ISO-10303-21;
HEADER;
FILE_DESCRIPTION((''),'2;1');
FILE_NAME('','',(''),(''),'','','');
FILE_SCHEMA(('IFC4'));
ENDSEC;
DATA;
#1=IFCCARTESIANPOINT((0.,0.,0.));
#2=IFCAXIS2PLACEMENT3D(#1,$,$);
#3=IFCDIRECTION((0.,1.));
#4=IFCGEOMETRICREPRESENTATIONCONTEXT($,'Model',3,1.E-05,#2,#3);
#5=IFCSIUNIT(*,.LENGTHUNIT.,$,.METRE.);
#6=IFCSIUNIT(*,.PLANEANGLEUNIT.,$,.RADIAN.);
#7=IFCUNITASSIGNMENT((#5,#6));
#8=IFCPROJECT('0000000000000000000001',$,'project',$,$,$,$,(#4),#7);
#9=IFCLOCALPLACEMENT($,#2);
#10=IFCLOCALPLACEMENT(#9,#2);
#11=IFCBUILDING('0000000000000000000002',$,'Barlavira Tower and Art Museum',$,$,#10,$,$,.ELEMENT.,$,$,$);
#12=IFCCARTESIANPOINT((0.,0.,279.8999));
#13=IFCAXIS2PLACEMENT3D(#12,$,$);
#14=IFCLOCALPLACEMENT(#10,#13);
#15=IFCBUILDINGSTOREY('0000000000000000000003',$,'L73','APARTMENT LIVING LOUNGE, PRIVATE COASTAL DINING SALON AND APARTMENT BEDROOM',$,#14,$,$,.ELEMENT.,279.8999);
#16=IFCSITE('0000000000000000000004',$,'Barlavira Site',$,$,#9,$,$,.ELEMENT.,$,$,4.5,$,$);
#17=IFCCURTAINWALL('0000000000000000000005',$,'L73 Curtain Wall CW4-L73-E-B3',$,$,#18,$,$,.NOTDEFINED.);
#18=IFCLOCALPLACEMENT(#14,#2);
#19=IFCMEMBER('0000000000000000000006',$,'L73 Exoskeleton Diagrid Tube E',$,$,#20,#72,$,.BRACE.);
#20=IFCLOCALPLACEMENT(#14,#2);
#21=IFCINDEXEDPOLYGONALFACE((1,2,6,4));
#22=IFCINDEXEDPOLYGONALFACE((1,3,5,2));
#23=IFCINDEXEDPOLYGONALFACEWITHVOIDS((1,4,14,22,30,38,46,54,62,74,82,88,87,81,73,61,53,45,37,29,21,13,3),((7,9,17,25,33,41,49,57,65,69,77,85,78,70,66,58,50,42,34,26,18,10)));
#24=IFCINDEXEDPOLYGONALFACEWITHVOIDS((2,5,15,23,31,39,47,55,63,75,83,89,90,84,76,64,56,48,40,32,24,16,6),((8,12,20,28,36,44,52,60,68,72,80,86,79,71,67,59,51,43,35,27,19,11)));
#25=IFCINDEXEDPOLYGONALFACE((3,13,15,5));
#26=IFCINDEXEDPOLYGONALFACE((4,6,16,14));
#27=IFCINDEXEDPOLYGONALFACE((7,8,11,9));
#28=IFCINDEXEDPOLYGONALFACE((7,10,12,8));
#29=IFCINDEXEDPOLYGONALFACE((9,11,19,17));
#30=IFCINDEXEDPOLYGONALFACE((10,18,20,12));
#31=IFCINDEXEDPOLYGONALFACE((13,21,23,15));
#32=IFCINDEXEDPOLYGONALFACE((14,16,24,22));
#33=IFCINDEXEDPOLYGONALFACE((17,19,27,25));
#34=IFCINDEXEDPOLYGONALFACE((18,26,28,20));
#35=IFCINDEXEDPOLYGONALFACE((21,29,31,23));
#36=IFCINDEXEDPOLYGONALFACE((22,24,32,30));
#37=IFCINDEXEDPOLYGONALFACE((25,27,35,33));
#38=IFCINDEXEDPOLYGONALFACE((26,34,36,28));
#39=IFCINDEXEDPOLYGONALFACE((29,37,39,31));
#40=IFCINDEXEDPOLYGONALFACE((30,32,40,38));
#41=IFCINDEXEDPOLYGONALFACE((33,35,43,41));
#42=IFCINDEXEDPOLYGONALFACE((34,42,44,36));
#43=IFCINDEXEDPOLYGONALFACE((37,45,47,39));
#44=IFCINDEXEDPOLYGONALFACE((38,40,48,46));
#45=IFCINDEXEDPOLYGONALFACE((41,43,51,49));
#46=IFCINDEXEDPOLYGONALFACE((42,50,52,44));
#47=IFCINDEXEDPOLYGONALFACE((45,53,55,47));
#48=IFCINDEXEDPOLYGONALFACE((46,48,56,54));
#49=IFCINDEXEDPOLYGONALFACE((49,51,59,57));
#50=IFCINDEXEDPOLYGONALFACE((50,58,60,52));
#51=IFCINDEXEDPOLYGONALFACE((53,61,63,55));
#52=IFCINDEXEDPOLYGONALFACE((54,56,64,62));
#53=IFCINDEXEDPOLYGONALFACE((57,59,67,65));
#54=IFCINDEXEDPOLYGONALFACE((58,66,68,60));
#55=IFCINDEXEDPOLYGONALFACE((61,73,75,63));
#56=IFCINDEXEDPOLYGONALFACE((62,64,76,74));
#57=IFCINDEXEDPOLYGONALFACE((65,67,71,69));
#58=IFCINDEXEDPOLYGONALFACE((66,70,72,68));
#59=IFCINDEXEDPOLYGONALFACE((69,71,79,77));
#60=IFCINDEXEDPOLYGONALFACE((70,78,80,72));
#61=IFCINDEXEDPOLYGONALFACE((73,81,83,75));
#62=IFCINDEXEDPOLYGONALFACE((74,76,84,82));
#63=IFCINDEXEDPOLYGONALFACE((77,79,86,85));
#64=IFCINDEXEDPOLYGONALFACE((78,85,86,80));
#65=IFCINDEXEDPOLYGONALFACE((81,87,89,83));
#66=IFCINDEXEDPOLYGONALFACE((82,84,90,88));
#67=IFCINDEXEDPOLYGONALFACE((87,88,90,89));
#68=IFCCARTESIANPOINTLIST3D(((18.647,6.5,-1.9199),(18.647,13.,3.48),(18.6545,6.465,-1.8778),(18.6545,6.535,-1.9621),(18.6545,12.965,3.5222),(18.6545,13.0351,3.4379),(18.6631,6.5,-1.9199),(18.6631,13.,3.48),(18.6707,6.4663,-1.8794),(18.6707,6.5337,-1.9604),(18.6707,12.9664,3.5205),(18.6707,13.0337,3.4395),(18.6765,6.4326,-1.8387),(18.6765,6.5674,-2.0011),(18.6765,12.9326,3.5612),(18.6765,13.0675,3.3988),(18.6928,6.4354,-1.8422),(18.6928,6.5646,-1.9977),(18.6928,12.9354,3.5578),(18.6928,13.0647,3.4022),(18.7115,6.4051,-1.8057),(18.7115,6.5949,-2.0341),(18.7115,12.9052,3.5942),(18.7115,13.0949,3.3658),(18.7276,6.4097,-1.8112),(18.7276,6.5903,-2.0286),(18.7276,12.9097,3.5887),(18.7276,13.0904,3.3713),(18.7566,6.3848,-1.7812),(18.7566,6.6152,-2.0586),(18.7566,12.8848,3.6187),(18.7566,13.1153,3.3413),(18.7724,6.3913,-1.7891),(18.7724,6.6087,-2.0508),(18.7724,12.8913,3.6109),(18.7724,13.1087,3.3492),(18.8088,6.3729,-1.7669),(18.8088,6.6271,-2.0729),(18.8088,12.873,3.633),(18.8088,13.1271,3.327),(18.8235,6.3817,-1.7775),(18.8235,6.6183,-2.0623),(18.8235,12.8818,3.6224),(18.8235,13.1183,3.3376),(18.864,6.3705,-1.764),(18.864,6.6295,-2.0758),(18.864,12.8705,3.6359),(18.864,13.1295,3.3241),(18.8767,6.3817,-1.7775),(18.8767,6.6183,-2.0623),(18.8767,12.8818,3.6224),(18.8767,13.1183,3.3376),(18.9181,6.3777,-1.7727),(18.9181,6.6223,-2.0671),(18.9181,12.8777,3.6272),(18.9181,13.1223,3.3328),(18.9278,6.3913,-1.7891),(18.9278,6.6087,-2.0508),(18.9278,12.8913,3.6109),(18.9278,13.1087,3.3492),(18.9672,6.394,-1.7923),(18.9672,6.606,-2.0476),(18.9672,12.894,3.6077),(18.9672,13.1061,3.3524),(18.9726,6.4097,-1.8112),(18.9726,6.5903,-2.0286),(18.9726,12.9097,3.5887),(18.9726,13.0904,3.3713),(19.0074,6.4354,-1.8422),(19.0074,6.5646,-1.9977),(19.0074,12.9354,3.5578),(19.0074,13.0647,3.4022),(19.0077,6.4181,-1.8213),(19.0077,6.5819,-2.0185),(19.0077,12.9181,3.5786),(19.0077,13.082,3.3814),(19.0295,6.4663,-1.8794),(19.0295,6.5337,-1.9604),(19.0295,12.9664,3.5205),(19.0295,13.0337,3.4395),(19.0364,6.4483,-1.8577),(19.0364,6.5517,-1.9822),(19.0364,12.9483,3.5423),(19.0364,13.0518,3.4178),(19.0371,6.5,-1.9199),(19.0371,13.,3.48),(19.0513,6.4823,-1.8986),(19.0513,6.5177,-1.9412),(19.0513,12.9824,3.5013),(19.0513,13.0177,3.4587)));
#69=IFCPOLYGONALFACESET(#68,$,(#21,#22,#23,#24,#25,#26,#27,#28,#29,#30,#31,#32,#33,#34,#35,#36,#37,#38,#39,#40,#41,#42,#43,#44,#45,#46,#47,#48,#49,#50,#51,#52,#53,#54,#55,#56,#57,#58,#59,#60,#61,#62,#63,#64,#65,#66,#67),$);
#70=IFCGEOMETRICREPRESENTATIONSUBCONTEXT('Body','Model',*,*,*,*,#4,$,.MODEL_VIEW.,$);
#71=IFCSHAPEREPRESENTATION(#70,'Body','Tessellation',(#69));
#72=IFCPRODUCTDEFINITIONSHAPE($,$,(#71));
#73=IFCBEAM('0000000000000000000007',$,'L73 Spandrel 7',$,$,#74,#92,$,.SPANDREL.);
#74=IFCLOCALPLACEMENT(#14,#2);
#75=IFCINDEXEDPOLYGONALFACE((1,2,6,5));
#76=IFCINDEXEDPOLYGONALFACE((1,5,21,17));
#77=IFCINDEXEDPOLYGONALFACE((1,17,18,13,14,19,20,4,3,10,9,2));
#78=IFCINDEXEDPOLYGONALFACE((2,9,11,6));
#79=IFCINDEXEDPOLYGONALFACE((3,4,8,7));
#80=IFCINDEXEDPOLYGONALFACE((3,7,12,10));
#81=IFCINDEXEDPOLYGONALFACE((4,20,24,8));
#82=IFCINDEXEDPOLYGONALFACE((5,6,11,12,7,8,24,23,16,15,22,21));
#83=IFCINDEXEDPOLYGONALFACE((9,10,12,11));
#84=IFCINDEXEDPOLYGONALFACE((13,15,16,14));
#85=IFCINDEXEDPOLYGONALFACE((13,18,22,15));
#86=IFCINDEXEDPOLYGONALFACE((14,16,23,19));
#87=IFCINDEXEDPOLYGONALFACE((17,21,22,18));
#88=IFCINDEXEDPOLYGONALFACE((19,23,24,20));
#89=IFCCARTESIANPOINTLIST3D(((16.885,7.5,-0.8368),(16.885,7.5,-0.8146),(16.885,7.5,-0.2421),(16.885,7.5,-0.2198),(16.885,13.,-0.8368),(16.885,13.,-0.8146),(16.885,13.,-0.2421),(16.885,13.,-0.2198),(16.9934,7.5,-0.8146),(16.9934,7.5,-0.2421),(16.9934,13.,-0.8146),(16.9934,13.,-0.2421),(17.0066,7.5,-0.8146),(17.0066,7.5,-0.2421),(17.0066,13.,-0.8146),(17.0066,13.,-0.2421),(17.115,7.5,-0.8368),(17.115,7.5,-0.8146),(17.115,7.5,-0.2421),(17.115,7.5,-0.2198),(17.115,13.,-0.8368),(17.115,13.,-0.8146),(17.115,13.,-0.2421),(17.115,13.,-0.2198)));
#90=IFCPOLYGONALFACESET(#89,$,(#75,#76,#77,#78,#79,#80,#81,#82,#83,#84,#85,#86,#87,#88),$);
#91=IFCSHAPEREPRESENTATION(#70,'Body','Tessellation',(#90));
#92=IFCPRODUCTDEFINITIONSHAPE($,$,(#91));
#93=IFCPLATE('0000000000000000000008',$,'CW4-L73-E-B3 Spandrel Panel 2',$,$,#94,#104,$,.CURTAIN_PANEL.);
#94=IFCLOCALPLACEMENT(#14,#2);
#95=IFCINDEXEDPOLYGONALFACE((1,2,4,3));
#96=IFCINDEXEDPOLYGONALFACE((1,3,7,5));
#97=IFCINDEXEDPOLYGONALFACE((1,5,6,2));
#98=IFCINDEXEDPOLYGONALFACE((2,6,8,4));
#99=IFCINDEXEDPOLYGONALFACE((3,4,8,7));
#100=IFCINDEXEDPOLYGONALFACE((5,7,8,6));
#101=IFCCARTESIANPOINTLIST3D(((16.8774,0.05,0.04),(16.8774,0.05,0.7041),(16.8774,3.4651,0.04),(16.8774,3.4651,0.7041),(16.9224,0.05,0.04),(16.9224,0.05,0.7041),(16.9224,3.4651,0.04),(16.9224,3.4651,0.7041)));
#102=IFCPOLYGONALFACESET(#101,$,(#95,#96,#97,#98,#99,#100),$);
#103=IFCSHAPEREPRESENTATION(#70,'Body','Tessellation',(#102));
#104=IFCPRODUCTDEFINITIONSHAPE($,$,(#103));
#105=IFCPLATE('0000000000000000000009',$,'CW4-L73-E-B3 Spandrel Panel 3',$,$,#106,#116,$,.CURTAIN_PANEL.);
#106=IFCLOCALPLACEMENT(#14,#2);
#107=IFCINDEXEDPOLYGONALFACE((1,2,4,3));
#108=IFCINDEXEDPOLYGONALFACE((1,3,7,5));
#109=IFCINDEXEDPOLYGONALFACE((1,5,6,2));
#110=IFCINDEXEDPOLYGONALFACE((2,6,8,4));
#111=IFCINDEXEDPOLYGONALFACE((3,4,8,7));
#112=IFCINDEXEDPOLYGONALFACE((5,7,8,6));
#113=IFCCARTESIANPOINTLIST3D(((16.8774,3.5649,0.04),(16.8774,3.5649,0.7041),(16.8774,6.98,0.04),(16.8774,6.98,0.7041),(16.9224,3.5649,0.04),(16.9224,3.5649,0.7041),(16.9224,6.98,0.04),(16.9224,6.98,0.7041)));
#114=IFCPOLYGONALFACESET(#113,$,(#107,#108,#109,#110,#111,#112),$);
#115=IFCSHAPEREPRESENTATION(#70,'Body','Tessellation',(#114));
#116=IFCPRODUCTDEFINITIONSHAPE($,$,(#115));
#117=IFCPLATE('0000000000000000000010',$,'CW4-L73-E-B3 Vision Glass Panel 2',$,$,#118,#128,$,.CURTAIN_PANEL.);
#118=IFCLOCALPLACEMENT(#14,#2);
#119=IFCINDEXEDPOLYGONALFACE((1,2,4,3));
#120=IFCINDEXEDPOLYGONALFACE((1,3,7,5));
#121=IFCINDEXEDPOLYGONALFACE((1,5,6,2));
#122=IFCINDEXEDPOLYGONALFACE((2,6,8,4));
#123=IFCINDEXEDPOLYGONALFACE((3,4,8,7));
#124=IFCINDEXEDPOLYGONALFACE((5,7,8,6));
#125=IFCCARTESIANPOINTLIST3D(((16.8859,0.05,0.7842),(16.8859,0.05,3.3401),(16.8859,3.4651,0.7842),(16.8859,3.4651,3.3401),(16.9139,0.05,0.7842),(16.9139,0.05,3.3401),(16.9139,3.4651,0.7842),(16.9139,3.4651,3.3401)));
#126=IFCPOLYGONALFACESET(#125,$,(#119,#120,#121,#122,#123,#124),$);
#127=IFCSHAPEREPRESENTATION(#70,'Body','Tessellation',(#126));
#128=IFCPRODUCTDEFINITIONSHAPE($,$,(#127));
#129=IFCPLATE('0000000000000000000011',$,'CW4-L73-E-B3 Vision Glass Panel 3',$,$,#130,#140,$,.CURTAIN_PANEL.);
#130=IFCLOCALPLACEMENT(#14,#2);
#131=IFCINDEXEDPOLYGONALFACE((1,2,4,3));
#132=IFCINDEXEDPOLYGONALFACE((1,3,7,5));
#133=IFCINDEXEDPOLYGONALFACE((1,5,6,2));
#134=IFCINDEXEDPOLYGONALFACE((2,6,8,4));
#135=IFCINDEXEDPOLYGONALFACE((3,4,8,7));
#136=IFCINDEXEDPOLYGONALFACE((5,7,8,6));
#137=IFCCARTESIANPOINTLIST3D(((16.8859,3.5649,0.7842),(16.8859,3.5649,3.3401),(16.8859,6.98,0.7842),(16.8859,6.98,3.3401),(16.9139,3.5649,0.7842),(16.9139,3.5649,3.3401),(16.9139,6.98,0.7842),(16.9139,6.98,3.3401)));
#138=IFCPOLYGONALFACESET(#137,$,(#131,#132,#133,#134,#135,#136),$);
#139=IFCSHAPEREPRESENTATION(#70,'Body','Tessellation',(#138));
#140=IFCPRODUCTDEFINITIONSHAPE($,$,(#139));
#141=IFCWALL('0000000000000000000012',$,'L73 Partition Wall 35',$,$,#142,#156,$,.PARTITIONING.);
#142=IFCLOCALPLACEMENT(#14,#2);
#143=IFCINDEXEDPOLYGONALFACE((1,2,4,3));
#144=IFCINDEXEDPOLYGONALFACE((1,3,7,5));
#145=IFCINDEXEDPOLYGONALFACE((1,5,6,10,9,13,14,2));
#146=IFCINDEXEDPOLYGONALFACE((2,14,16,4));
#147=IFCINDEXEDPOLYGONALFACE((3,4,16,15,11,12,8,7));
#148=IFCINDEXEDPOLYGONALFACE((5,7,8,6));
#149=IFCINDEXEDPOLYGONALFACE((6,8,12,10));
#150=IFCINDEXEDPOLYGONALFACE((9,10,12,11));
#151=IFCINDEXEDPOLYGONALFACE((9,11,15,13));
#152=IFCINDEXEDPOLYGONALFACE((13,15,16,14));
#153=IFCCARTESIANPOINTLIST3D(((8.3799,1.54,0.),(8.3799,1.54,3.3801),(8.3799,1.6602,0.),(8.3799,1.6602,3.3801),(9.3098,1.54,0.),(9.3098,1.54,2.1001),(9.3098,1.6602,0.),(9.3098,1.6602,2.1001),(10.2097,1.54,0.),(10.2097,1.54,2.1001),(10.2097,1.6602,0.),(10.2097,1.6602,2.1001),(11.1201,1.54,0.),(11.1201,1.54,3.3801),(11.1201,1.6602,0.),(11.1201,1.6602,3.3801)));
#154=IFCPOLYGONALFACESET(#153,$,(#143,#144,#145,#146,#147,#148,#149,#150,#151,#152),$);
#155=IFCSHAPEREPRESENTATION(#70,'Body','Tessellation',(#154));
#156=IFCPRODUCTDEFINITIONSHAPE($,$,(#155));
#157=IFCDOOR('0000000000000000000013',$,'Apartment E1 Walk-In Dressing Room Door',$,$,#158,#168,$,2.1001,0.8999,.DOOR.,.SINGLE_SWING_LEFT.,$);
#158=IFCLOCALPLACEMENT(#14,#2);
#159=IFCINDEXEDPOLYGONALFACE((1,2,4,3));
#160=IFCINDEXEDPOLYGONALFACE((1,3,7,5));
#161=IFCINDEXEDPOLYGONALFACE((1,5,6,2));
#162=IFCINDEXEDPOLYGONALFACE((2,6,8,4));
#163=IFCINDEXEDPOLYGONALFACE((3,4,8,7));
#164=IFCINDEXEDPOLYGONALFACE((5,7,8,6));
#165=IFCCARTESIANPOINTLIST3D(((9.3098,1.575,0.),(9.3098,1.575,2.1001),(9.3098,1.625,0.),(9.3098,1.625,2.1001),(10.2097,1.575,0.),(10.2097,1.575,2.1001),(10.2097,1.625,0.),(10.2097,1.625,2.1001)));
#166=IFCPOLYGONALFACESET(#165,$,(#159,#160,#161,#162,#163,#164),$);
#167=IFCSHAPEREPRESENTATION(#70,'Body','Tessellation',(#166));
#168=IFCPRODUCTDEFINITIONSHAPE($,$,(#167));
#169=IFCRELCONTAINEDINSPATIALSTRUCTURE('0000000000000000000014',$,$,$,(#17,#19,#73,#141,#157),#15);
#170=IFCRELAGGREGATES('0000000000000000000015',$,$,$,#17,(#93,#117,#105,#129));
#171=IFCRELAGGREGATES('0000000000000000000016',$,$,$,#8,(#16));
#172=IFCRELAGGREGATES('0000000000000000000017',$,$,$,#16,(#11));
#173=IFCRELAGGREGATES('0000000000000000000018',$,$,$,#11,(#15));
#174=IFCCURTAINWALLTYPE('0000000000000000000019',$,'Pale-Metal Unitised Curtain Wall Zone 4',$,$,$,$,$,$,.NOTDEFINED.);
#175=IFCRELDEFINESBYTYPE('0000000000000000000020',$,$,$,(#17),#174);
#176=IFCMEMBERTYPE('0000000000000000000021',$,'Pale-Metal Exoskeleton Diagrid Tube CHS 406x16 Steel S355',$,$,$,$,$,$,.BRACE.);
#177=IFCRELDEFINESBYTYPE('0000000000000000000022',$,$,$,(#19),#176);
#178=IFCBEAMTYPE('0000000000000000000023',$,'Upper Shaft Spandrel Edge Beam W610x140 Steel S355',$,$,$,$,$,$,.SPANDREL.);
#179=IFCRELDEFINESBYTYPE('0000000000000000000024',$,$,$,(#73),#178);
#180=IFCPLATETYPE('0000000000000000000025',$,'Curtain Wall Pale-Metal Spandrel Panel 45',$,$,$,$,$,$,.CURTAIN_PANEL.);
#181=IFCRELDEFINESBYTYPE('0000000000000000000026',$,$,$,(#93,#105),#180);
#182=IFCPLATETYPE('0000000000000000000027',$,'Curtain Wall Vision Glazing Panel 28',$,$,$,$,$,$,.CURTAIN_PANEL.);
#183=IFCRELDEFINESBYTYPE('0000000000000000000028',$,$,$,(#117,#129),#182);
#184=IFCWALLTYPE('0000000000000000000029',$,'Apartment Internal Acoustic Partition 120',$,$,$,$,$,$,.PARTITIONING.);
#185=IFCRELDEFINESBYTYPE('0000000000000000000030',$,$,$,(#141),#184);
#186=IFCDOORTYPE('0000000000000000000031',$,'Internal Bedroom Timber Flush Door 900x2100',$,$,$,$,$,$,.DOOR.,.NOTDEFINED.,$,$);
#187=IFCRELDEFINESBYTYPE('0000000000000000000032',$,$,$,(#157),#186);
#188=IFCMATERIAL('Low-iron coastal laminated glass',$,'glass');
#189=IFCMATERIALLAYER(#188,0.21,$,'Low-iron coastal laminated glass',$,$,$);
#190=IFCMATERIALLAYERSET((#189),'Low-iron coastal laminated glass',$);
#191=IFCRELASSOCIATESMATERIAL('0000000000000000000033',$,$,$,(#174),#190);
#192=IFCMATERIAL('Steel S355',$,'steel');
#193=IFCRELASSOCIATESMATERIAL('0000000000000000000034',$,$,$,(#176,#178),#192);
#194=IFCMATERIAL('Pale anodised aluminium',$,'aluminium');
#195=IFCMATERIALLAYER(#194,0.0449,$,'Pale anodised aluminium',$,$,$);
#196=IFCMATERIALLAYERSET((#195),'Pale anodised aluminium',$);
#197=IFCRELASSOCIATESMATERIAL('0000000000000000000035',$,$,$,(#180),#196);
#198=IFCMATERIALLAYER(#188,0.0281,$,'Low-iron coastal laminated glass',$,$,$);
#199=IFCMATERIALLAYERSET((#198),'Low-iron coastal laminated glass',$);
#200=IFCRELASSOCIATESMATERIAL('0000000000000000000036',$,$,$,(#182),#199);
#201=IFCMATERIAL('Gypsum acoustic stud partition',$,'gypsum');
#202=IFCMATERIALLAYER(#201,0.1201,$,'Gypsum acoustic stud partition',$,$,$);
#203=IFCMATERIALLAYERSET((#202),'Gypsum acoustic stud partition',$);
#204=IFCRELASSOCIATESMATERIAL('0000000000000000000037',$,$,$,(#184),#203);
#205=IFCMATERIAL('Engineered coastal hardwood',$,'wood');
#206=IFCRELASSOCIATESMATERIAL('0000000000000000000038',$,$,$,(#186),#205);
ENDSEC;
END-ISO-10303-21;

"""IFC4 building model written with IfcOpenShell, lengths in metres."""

from ifc_helpers import new_model, si_unit, direction, frame, frame_2d, origin, origin_2d, place, context, subcontext, project, spatial, rectangle, hollow_circle, i_section, extrude, material, layer, layer_set, material_profile, profile_set, type_object, element, fill, aggregate, save


model = new_model("IFC4")

# Units and contexts
model_context = context("Model", 3, precision=1e-05, world=origin(), true_north=direction((0.0, 1.0)))
body_context = subcontext(model_context, "Body", "Model", "MODEL_VIEW")
ifc_project = project(units=[si_unit("LENGTHUNIT", "METRE"), si_unit("PLANEANGLEUNIT", "RADIAN")], contexts=[model_context])

# Site, building, storey
site_placement = place(None, origin())
site = spatial("IfcSite", under=ifc_project, at=site_placement, Name="Barlavira Site", CompositionType="ELEMENT", RefElevation=4.5)
building_placement = place(site_placement, origin())
building = spatial("IfcBuilding", under=site, at=building_placement, Name="Barlavira Tower and Art Museum", CompositionType="ELEMENT")
storey_placement = place(building_placement, frame((0.0, 0.0, 279.8999)))
storey = spatial("IfcBuildingStorey", under=building, at=storey_placement, Name="L73", Description="APARTMENT LIVING LOUNGE, PRIVATE COASTAL DINING SALON AND APARTMENT BEDROOM", CompositionType="ELEMENT", Elevation=279.8999)

# Curtain wall
ifc_material_1 = material(Name="Low-iron coastal laminated glass", Category="glass")
ifc_layer_1 = layer(ifc_material_1, 0.21, Name="Low-iron coastal laminated glass")
ifc_layer_set_1 = layer_set([ifc_layer_1], Name="Low-iron coastal laminated glass")
curtain_wall_type = type_object("IfcCurtainWallType", Name="Pale-Metal Unitised Curtain Wall Zone 4", PredefinedType="NOTDEFINED", material=ifc_layer_set_1)
curtain_wall_placement = place(storey_placement, origin())
curtain_wall = element("IfcCurtainWall", 1, at=curtain_wall_placement, inside=storey, type_object=curtain_wall_type, Name="L73 Curtain Wall CW4-L73-E-B3", PredefinedType="NOTDEFINED")
ifc_material_2 = material(Name="Pale anodised aluminium", Category="aluminium")

# Member
ifc_material_3 = material(Name="Steel S355", Category="steel")
ifc_material_profile_1 = material_profile(ifc_material_3, hollow_circle(Radius=0.2031, WallThickness=0.0161, at=origin_2d()), Name="CHS 406.4x16.0")
ifc_profile_set_1 = profile_set([ifc_material_profile_1], Name="Steel S355")
member_type_1 = type_object("IfcMemberType", Name="Pale-Metal Exoskeleton Diagrid Tube CHS 406x16 Steel S355", PredefinedType="BRACE", material=ifc_profile_set_1)
for number, where, z_axis, x_axis, name in (
    (2, (18.8501, 6.5, -1.9199), (0.0, 0.769196, 0.639013), (-1.0, 0.0, 0.0), "L73 Exoskeleton Diagrid Tube E"),
):
    element("IfcMember", number, at=place(storey_placement, frame(where, z_axis=z_axis, x_axis=x_axis)), inside=storey, type_object=member_type_1, Name=name, PredefinedType="BRACE", context=body_context, shape_type="SweptSolid", body=[
        extrude(hollow_circle(Radius=0.2031, WallThickness=0.0161, at=origin_2d()), origin(), (0.0, 0.0, 1.0), 8.4504),
    ])

# Beam
ifc_material_profile_2 = material_profile(ifc_material_3, i_section(OverallWidth=0.23, OverallDepth=0.6169, WebThickness=0.0132, FlangeThickness=0.0222, at=origin_2d()), Name="W610x140.0")
ifc_profile_set_2 = profile_set([ifc_material_profile_2], Name="Steel S355")
beam_type = type_object("IfcBeamType", Name="Upper Shaft Spandrel Edge Beam W610x140 Steel S355", PredefinedType="SPANDREL", material=ifc_profile_set_2)
beam_placement = place(storey_placement, frame((17.0, 7.5, -0.5283), z_axis=(0.0, 1.0, 0.0), x_axis=(-1.0, 0.0, 0.0)))
element("IfcBeam", 3, at=beam_placement, inside=storey, type_object=beam_type, Name="L73 Spandrel 7", PredefinedType="SPANDREL", context=body_context, shape_type="SweptSolid", body=[
    extrude(i_section(OverallWidth=0.23, OverallDepth=0.6169, WebThickness=0.0132, FlangeThickness=0.0222, at=origin_2d()), origin(), (0.0, 0.0, 1.0), 5.5),
])

# Plates
ifc_layer_2 = layer(ifc_material_2, 0.0449, Name="Pale anodised aluminium")
ifc_layer_set_2 = layer_set([ifc_layer_2], Name="Pale anodised aluminium")
plate_type_1 = type_object("IfcPlateType", Name="Curtain Wall Pale-Metal Spandrel Panel 45", PredefinedType="CURTAIN_PANEL", material=ifc_layer_set_2)
plate_1_placement = place(storey_placement, frame((16.8999, 1.7576, 0.04), z_axis=(0.0, 0.0, 1.0), x_axis=(0.0, 1.0, 0.0)))
plate_1 = element("IfcPlate", 4, at=plate_1_placement, type_object=plate_type_1, Name="CW4-L73-E-B3 Spandrel Panel 2", PredefinedType="CURTAIN_PANEL", context=body_context, shape_type="SweptSolid", body=[
    extrude(rectangle(XDim=3.415, YDim=0.0449, at=origin_2d()), origin(), (0.0, 0.0, 1.0), 0.6641),
])
plate_2_placement = place(storey_placement, frame((16.8999, 5.2725, 0.04), z_axis=(0.0, 0.0, 1.0), x_axis=(0.0, 1.0, 0.0)))
plate_2 = element("IfcPlate", 5, at=plate_2_placement, type_object=plate_type_1, Name="CW4-L73-E-B3 Spandrel Panel 3", PredefinedType="CURTAIN_PANEL", context=body_context, shape_type="SweptSolid", body=[
    extrude(rectangle(XDim=3.415, YDim=0.0449, at=origin_2d()), origin(), (0.0, 0.0, 1.0), 0.6641),
])
ifc_layer_3 = layer(ifc_material_1, 0.0281, Name="Low-iron coastal laminated glass")
ifc_layer_set_3 = layer_set([ifc_layer_3], Name="Low-iron coastal laminated glass")
plate_type_2 = type_object("IfcPlateType", Name="Curtain Wall Vision Glazing Panel 28", PredefinedType="CURTAIN_PANEL", material=ifc_layer_set_3)
plate_3_placement = place(storey_placement, frame((16.8999, 1.7576, 0.7842), z_axis=(0.0, 0.0, 1.0), x_axis=(0.0, 1.0, 0.0)))
plate_3 = element("IfcPlate", 6, at=plate_3_placement, type_object=plate_type_2, Name="CW4-L73-E-B3 Vision Glass Panel 2", PredefinedType="CURTAIN_PANEL", context=body_context, shape_type="SweptSolid", body=[
    extrude(rectangle(XDim=3.415, YDim=0.0281, at=origin_2d()), origin(), (0.0, 0.0, 1.0), 2.5559),
])
plate_4_placement = place(storey_placement, frame((16.8999, 5.2725, 0.7842), z_axis=(0.0, 0.0, 1.0), x_axis=(0.0, 1.0, 0.0)))
plate_4 = element("IfcPlate", 7, at=plate_4_placement, type_object=plate_type_2, Name="CW4-L73-E-B3 Vision Glass Panel 3", PredefinedType="CURTAIN_PANEL", context=body_context, shape_type="SweptSolid", body=[
    extrude(rectangle(XDim=3.415, YDim=0.0281, at=origin_2d()), origin(), (0.0, 0.0, 1.0), 2.5559),
])
aggregate(curtain_wall, [plate_1, plate_3, plate_2, plate_4])

# Wall, opening, door
ifc_material_4 = material(Name="Gypsum acoustic stud partition", Category="gypsum")
ifc_layer_4 = layer(ifc_material_4, 0.1201, Name="Gypsum acoustic stud partition")
ifc_layer_set_4 = layer_set([ifc_layer_4], Name="Gypsum acoustic stud partition")
wall_type_1 = type_object("IfcWallType", Name="Apartment Internal Acoustic Partition 120", PredefinedType="PARTITIONING", material=ifc_layer_set_4)
wall_1_placement = place(storey_placement, frame((8.3799, 1.6001, 0.0), z_axis=(0.0, 0.0, 1.0), x_axis=(1.0, 0.0, 0.0)))
wall_1 = element("IfcWall", 8, at=wall_1_placement, inside=storey, type_object=wall_type_1, Name="L73 Partition Wall 35", PredefinedType="PARTITIONING", context=body_context, shape_type="SweptSolid", body=[
    extrude(rectangle(XDim=2.7402, YDim=0.1201, at=frame_2d((1.3701, 0.0))), origin(), (0.0, 0.0, 1.0), 3.3801),
])
opening_1_placement = place(wall_1_placement, frame((0.9299, 0.0, 0.0)))
opening_1 = element("IfcOpeningElement", 9, at=opening_1_placement, cuts=wall_1, PredefinedType="OPENING", context=body_context, shape_type="SweptSolid", body=[
    extrude(rectangle(XDim=0.8999, YDim=2.1001, at=frame_2d((0.45, 1.05))), frame((0.0, 0.0701, 0.0), z_axis=(0.0, -1.0, 0.0), x_axis=(1.0, 0.0, 0.0)), (0.0, 0.0, 1.0), 0.1401),
])
ifc_material_5 = material(Name="Engineered coastal hardwood", Category="wood")
door_type_1 = type_object("IfcDoorType", Name="Internal Bedroom Timber Flush Door 900x2100", OperationType="NOTDEFINED", PredefinedType="DOOR", material=ifc_material_5)
door_1_placement = place(opening_1_placement, origin())
door_1 = element("IfcDoor", 10, at=door_1_placement, inside=storey, type_object=door_type_1, Name="Apartment E1 Walk-In Dressing Room Door", OperationType="SINGLE_SWING_LEFT", OverallHeight=2.1001, OverallWidth=0.8999, PredefinedType="DOOR", context=body_context, shape_type="SweptSolid", body=[
    extrude(rectangle(XDim=0.8999, YDim=2.1001, at=frame_2d((0.45, 1.05))), frame((0.0, 0.0249, 0.0), z_axis=(0.0, -1.0, 0.0), x_axis=(1.0, 0.0, 0.0)), (0.0, 0.0, 1.0), 0.05),
])
fill(opening_1, door_1)

save(model, "model.ifc")
